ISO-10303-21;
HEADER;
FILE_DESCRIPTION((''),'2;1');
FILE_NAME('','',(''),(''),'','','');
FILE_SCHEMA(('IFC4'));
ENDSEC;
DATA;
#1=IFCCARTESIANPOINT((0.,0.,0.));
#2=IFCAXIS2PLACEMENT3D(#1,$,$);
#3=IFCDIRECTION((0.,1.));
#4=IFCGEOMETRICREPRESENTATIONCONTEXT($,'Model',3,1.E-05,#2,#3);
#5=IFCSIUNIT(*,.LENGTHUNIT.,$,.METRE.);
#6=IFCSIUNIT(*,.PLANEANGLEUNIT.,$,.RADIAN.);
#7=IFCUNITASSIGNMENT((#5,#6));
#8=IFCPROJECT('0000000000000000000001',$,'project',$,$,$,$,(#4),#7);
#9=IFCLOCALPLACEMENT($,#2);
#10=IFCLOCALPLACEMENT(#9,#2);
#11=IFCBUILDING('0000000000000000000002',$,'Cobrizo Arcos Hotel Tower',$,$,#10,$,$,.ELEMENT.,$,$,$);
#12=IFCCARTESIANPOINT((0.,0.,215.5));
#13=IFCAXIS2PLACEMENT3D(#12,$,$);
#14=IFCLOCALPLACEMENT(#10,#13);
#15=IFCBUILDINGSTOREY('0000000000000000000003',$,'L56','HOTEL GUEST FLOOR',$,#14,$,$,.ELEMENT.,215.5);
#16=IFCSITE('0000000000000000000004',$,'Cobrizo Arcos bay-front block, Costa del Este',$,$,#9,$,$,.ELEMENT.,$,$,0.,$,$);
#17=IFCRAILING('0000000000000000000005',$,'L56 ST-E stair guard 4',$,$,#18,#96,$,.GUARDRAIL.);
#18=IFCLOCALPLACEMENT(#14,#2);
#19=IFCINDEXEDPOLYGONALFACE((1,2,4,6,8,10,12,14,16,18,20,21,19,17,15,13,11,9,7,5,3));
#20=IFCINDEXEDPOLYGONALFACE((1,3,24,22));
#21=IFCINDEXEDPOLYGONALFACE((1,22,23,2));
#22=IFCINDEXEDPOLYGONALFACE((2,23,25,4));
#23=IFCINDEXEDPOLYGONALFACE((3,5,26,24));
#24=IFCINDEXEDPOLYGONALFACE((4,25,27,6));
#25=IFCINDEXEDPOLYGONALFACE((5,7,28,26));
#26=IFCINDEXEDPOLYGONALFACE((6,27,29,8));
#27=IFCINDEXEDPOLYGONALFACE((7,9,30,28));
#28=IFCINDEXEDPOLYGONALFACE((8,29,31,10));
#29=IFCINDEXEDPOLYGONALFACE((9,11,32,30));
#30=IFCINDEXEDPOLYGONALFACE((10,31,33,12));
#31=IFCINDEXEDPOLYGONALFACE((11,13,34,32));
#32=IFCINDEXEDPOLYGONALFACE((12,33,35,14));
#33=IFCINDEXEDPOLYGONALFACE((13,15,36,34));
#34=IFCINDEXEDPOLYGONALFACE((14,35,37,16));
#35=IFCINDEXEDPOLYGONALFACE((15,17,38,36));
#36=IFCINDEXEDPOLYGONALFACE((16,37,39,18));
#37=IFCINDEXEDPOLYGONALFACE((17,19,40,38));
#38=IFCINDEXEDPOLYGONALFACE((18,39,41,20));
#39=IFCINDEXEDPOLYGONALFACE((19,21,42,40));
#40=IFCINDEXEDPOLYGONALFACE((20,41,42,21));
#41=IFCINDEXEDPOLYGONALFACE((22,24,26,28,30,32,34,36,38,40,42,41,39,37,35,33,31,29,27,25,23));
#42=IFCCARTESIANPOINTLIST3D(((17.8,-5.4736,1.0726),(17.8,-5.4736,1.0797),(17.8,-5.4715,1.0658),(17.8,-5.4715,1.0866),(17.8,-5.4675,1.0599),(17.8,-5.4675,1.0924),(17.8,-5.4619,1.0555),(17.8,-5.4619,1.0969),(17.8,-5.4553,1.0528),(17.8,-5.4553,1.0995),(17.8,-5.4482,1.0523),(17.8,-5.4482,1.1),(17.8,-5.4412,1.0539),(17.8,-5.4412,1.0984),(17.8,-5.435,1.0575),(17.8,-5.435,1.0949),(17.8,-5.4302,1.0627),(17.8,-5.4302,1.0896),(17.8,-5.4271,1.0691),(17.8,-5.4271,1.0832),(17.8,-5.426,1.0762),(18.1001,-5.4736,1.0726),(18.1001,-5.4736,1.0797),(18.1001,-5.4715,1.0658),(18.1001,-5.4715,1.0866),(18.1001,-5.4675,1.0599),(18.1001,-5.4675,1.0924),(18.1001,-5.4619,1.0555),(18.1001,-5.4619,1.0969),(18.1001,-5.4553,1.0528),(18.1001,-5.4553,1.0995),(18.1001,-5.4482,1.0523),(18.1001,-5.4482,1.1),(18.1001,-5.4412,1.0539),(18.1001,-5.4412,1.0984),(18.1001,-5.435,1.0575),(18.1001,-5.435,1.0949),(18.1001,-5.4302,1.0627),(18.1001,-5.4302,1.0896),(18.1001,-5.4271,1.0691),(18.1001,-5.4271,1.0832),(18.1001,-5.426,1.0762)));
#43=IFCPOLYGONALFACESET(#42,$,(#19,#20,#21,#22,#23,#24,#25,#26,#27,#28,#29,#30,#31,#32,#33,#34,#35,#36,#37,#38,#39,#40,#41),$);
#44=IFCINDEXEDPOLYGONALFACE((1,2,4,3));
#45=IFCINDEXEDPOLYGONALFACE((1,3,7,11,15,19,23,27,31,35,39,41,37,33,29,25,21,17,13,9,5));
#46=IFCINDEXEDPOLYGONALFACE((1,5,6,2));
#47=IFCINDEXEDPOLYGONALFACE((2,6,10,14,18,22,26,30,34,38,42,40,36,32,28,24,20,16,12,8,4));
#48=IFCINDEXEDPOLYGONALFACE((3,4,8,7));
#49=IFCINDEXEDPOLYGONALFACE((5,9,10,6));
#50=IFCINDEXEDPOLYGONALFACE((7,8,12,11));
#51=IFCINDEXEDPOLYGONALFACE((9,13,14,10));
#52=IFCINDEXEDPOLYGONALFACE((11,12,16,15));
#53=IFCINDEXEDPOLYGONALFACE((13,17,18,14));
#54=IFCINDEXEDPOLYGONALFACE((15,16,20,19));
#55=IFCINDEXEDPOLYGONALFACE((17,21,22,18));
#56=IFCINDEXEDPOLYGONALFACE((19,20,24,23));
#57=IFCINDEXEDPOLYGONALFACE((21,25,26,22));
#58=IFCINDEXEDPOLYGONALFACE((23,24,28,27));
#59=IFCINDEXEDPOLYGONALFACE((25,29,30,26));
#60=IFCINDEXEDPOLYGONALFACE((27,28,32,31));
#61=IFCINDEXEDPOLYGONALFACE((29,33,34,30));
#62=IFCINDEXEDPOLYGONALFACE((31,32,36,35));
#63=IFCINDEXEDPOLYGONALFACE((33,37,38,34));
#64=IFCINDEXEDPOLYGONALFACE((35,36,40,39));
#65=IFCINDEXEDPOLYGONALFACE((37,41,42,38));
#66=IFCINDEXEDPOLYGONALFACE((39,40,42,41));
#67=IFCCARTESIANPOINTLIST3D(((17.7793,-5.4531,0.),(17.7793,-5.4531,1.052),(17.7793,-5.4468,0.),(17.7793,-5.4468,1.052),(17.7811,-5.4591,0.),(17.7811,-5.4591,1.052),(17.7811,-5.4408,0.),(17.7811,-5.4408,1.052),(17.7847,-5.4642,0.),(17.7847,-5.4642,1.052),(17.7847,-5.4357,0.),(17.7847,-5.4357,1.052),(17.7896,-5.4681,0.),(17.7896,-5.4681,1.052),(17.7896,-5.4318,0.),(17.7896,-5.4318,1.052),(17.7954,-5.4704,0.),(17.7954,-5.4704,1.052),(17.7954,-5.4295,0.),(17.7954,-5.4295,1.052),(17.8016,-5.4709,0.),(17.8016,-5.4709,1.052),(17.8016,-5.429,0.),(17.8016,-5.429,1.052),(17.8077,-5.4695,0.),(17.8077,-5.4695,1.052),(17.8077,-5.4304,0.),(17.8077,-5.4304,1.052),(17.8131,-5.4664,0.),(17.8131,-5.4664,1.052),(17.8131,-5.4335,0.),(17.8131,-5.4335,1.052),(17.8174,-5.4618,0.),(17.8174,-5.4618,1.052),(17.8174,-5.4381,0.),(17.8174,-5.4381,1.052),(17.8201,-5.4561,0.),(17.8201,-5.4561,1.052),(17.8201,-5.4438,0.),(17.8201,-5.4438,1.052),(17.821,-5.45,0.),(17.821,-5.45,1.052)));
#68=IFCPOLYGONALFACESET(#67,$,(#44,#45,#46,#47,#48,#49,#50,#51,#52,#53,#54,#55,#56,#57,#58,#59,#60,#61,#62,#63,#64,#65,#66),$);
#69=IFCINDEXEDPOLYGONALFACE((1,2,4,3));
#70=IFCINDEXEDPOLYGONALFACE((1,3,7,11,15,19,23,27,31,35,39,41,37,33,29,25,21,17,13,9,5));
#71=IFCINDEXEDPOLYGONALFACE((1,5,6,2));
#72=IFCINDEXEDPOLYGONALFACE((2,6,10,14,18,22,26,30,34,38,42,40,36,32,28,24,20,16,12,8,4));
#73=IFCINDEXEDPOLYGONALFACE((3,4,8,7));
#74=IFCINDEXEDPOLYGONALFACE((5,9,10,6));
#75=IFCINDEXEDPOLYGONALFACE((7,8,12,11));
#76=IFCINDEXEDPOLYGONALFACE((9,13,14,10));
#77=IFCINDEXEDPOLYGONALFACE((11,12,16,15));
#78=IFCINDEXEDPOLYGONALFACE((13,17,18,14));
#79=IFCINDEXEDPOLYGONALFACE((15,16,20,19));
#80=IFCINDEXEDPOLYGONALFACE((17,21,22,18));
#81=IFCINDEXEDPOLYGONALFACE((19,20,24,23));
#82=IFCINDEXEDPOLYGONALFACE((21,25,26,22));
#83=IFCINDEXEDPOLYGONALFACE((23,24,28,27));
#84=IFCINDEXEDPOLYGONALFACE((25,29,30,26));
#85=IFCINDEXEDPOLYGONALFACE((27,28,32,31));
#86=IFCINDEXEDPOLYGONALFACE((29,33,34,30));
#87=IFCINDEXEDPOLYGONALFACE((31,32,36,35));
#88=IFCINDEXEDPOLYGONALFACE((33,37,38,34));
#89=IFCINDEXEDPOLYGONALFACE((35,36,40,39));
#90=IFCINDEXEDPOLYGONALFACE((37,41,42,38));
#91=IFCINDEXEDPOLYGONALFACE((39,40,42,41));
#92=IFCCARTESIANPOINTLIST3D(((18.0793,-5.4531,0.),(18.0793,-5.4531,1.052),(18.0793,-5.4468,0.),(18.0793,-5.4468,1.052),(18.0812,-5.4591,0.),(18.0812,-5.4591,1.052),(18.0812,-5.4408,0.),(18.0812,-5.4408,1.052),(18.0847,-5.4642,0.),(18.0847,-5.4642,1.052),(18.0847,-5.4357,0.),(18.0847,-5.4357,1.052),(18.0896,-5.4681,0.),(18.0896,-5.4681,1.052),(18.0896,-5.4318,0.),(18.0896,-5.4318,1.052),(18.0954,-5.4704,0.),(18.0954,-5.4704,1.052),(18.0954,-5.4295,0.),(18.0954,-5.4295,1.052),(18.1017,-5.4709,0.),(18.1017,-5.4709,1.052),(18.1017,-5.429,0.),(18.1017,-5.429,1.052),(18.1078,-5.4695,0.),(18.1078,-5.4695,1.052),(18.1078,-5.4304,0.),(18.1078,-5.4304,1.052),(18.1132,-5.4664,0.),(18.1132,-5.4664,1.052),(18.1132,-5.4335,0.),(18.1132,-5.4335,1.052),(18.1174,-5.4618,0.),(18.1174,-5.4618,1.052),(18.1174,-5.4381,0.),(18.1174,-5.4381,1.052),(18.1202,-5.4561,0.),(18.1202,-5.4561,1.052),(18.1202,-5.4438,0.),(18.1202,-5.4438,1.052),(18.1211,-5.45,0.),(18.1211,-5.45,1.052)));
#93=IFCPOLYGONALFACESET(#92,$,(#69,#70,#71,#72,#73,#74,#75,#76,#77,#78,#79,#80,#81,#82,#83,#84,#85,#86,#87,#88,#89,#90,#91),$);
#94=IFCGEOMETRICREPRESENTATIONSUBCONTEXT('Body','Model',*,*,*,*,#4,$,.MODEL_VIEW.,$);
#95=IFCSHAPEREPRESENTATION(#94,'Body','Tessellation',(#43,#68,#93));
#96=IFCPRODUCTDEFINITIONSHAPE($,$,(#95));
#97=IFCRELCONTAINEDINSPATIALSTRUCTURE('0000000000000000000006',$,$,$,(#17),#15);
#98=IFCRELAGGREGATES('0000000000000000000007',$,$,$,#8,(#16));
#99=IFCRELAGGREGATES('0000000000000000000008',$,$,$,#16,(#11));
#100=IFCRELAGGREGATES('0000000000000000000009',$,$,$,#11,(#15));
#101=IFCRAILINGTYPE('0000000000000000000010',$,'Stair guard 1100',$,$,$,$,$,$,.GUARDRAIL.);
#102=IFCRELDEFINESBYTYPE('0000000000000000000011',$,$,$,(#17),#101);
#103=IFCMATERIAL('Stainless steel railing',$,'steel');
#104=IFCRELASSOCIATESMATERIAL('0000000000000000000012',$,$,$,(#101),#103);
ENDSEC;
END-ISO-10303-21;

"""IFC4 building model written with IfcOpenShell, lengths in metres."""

from ifc_helpers import new_model, si_unit, direction, frame, origin, origin_2d, place, context, subcontext, project, spatial, circle, extrude, material, type_object, element, save


model = new_model("IFC4")

# Units and contexts
model_context = context("Model", 3, precision=1e-05, world=origin(), true_north=direction((0.0, 1.0)))
body_context = subcontext(model_context, "Body", "Model", "MODEL_VIEW")
ifc_project = project(units=[si_unit("LENGTHUNIT", "METRE"), si_unit("PLANEANGLEUNIT", "RADIAN")], contexts=[model_context])

# Site, building, storey
site_placement = place(None, origin())
site = spatial("IfcSite", under=ifc_project, at=site_placement, Name="Cobrizo Arcos bay-front block, Costa del Este", CompositionType="ELEMENT", RefElevation=0.0)
building_placement = place(site_placement, origin())
building = spatial("IfcBuilding", under=site, at=building_placement, Name="Cobrizo Arcos Hotel Tower", CompositionType="ELEMENT")
storey_placement = place(building_placement, frame((0.0, 0.0, 215.5)))
storey = spatial("IfcBuildingStorey", under=building, at=storey_placement, Name="L56", Description="HOTEL GUEST FLOOR", CompositionType="ELEMENT", Elevation=215.5)

# Railing
ifc_material_1 = material(Name="Stainless steel railing", Category="steel")
railing_type_1 = type_object("IfcRailingType", Name="Stair guard 1100", PredefinedType="GUARDRAIL", material=ifc_material_1)
railing_1_placement = place(storey_placement, frame((17.8, -5.45, 0.0)))
element("IfcRailing", 1, at=railing_1_placement, inside=storey, type_object=railing_type_1, Name="L56 ST-E stair guard 4", PredefinedType="GUARDRAIL", context=body_context, shape_type="SweptSolid", body=[
    extrude(circle(Radius=0.0239, at=origin_2d()), frame((0.0, 0.0, 1.0762), z_axis=(1.0, 0.0, 0.0), x_axis=(0.0, 1.0, 0.0)), (0.0, 0.0, 1.0), 0.3),
    extrude(circle(Radius=0.021, at=origin_2d()), origin(), (0.0, 0.0, 1.0), 1.052),
    extrude(circle(Radius=0.021, at=origin_2d()), frame((0.3, 0.0, 0.0)), (0.0, 0.0, 1.0), 1.052),
])

save(model, "model.ifc")
